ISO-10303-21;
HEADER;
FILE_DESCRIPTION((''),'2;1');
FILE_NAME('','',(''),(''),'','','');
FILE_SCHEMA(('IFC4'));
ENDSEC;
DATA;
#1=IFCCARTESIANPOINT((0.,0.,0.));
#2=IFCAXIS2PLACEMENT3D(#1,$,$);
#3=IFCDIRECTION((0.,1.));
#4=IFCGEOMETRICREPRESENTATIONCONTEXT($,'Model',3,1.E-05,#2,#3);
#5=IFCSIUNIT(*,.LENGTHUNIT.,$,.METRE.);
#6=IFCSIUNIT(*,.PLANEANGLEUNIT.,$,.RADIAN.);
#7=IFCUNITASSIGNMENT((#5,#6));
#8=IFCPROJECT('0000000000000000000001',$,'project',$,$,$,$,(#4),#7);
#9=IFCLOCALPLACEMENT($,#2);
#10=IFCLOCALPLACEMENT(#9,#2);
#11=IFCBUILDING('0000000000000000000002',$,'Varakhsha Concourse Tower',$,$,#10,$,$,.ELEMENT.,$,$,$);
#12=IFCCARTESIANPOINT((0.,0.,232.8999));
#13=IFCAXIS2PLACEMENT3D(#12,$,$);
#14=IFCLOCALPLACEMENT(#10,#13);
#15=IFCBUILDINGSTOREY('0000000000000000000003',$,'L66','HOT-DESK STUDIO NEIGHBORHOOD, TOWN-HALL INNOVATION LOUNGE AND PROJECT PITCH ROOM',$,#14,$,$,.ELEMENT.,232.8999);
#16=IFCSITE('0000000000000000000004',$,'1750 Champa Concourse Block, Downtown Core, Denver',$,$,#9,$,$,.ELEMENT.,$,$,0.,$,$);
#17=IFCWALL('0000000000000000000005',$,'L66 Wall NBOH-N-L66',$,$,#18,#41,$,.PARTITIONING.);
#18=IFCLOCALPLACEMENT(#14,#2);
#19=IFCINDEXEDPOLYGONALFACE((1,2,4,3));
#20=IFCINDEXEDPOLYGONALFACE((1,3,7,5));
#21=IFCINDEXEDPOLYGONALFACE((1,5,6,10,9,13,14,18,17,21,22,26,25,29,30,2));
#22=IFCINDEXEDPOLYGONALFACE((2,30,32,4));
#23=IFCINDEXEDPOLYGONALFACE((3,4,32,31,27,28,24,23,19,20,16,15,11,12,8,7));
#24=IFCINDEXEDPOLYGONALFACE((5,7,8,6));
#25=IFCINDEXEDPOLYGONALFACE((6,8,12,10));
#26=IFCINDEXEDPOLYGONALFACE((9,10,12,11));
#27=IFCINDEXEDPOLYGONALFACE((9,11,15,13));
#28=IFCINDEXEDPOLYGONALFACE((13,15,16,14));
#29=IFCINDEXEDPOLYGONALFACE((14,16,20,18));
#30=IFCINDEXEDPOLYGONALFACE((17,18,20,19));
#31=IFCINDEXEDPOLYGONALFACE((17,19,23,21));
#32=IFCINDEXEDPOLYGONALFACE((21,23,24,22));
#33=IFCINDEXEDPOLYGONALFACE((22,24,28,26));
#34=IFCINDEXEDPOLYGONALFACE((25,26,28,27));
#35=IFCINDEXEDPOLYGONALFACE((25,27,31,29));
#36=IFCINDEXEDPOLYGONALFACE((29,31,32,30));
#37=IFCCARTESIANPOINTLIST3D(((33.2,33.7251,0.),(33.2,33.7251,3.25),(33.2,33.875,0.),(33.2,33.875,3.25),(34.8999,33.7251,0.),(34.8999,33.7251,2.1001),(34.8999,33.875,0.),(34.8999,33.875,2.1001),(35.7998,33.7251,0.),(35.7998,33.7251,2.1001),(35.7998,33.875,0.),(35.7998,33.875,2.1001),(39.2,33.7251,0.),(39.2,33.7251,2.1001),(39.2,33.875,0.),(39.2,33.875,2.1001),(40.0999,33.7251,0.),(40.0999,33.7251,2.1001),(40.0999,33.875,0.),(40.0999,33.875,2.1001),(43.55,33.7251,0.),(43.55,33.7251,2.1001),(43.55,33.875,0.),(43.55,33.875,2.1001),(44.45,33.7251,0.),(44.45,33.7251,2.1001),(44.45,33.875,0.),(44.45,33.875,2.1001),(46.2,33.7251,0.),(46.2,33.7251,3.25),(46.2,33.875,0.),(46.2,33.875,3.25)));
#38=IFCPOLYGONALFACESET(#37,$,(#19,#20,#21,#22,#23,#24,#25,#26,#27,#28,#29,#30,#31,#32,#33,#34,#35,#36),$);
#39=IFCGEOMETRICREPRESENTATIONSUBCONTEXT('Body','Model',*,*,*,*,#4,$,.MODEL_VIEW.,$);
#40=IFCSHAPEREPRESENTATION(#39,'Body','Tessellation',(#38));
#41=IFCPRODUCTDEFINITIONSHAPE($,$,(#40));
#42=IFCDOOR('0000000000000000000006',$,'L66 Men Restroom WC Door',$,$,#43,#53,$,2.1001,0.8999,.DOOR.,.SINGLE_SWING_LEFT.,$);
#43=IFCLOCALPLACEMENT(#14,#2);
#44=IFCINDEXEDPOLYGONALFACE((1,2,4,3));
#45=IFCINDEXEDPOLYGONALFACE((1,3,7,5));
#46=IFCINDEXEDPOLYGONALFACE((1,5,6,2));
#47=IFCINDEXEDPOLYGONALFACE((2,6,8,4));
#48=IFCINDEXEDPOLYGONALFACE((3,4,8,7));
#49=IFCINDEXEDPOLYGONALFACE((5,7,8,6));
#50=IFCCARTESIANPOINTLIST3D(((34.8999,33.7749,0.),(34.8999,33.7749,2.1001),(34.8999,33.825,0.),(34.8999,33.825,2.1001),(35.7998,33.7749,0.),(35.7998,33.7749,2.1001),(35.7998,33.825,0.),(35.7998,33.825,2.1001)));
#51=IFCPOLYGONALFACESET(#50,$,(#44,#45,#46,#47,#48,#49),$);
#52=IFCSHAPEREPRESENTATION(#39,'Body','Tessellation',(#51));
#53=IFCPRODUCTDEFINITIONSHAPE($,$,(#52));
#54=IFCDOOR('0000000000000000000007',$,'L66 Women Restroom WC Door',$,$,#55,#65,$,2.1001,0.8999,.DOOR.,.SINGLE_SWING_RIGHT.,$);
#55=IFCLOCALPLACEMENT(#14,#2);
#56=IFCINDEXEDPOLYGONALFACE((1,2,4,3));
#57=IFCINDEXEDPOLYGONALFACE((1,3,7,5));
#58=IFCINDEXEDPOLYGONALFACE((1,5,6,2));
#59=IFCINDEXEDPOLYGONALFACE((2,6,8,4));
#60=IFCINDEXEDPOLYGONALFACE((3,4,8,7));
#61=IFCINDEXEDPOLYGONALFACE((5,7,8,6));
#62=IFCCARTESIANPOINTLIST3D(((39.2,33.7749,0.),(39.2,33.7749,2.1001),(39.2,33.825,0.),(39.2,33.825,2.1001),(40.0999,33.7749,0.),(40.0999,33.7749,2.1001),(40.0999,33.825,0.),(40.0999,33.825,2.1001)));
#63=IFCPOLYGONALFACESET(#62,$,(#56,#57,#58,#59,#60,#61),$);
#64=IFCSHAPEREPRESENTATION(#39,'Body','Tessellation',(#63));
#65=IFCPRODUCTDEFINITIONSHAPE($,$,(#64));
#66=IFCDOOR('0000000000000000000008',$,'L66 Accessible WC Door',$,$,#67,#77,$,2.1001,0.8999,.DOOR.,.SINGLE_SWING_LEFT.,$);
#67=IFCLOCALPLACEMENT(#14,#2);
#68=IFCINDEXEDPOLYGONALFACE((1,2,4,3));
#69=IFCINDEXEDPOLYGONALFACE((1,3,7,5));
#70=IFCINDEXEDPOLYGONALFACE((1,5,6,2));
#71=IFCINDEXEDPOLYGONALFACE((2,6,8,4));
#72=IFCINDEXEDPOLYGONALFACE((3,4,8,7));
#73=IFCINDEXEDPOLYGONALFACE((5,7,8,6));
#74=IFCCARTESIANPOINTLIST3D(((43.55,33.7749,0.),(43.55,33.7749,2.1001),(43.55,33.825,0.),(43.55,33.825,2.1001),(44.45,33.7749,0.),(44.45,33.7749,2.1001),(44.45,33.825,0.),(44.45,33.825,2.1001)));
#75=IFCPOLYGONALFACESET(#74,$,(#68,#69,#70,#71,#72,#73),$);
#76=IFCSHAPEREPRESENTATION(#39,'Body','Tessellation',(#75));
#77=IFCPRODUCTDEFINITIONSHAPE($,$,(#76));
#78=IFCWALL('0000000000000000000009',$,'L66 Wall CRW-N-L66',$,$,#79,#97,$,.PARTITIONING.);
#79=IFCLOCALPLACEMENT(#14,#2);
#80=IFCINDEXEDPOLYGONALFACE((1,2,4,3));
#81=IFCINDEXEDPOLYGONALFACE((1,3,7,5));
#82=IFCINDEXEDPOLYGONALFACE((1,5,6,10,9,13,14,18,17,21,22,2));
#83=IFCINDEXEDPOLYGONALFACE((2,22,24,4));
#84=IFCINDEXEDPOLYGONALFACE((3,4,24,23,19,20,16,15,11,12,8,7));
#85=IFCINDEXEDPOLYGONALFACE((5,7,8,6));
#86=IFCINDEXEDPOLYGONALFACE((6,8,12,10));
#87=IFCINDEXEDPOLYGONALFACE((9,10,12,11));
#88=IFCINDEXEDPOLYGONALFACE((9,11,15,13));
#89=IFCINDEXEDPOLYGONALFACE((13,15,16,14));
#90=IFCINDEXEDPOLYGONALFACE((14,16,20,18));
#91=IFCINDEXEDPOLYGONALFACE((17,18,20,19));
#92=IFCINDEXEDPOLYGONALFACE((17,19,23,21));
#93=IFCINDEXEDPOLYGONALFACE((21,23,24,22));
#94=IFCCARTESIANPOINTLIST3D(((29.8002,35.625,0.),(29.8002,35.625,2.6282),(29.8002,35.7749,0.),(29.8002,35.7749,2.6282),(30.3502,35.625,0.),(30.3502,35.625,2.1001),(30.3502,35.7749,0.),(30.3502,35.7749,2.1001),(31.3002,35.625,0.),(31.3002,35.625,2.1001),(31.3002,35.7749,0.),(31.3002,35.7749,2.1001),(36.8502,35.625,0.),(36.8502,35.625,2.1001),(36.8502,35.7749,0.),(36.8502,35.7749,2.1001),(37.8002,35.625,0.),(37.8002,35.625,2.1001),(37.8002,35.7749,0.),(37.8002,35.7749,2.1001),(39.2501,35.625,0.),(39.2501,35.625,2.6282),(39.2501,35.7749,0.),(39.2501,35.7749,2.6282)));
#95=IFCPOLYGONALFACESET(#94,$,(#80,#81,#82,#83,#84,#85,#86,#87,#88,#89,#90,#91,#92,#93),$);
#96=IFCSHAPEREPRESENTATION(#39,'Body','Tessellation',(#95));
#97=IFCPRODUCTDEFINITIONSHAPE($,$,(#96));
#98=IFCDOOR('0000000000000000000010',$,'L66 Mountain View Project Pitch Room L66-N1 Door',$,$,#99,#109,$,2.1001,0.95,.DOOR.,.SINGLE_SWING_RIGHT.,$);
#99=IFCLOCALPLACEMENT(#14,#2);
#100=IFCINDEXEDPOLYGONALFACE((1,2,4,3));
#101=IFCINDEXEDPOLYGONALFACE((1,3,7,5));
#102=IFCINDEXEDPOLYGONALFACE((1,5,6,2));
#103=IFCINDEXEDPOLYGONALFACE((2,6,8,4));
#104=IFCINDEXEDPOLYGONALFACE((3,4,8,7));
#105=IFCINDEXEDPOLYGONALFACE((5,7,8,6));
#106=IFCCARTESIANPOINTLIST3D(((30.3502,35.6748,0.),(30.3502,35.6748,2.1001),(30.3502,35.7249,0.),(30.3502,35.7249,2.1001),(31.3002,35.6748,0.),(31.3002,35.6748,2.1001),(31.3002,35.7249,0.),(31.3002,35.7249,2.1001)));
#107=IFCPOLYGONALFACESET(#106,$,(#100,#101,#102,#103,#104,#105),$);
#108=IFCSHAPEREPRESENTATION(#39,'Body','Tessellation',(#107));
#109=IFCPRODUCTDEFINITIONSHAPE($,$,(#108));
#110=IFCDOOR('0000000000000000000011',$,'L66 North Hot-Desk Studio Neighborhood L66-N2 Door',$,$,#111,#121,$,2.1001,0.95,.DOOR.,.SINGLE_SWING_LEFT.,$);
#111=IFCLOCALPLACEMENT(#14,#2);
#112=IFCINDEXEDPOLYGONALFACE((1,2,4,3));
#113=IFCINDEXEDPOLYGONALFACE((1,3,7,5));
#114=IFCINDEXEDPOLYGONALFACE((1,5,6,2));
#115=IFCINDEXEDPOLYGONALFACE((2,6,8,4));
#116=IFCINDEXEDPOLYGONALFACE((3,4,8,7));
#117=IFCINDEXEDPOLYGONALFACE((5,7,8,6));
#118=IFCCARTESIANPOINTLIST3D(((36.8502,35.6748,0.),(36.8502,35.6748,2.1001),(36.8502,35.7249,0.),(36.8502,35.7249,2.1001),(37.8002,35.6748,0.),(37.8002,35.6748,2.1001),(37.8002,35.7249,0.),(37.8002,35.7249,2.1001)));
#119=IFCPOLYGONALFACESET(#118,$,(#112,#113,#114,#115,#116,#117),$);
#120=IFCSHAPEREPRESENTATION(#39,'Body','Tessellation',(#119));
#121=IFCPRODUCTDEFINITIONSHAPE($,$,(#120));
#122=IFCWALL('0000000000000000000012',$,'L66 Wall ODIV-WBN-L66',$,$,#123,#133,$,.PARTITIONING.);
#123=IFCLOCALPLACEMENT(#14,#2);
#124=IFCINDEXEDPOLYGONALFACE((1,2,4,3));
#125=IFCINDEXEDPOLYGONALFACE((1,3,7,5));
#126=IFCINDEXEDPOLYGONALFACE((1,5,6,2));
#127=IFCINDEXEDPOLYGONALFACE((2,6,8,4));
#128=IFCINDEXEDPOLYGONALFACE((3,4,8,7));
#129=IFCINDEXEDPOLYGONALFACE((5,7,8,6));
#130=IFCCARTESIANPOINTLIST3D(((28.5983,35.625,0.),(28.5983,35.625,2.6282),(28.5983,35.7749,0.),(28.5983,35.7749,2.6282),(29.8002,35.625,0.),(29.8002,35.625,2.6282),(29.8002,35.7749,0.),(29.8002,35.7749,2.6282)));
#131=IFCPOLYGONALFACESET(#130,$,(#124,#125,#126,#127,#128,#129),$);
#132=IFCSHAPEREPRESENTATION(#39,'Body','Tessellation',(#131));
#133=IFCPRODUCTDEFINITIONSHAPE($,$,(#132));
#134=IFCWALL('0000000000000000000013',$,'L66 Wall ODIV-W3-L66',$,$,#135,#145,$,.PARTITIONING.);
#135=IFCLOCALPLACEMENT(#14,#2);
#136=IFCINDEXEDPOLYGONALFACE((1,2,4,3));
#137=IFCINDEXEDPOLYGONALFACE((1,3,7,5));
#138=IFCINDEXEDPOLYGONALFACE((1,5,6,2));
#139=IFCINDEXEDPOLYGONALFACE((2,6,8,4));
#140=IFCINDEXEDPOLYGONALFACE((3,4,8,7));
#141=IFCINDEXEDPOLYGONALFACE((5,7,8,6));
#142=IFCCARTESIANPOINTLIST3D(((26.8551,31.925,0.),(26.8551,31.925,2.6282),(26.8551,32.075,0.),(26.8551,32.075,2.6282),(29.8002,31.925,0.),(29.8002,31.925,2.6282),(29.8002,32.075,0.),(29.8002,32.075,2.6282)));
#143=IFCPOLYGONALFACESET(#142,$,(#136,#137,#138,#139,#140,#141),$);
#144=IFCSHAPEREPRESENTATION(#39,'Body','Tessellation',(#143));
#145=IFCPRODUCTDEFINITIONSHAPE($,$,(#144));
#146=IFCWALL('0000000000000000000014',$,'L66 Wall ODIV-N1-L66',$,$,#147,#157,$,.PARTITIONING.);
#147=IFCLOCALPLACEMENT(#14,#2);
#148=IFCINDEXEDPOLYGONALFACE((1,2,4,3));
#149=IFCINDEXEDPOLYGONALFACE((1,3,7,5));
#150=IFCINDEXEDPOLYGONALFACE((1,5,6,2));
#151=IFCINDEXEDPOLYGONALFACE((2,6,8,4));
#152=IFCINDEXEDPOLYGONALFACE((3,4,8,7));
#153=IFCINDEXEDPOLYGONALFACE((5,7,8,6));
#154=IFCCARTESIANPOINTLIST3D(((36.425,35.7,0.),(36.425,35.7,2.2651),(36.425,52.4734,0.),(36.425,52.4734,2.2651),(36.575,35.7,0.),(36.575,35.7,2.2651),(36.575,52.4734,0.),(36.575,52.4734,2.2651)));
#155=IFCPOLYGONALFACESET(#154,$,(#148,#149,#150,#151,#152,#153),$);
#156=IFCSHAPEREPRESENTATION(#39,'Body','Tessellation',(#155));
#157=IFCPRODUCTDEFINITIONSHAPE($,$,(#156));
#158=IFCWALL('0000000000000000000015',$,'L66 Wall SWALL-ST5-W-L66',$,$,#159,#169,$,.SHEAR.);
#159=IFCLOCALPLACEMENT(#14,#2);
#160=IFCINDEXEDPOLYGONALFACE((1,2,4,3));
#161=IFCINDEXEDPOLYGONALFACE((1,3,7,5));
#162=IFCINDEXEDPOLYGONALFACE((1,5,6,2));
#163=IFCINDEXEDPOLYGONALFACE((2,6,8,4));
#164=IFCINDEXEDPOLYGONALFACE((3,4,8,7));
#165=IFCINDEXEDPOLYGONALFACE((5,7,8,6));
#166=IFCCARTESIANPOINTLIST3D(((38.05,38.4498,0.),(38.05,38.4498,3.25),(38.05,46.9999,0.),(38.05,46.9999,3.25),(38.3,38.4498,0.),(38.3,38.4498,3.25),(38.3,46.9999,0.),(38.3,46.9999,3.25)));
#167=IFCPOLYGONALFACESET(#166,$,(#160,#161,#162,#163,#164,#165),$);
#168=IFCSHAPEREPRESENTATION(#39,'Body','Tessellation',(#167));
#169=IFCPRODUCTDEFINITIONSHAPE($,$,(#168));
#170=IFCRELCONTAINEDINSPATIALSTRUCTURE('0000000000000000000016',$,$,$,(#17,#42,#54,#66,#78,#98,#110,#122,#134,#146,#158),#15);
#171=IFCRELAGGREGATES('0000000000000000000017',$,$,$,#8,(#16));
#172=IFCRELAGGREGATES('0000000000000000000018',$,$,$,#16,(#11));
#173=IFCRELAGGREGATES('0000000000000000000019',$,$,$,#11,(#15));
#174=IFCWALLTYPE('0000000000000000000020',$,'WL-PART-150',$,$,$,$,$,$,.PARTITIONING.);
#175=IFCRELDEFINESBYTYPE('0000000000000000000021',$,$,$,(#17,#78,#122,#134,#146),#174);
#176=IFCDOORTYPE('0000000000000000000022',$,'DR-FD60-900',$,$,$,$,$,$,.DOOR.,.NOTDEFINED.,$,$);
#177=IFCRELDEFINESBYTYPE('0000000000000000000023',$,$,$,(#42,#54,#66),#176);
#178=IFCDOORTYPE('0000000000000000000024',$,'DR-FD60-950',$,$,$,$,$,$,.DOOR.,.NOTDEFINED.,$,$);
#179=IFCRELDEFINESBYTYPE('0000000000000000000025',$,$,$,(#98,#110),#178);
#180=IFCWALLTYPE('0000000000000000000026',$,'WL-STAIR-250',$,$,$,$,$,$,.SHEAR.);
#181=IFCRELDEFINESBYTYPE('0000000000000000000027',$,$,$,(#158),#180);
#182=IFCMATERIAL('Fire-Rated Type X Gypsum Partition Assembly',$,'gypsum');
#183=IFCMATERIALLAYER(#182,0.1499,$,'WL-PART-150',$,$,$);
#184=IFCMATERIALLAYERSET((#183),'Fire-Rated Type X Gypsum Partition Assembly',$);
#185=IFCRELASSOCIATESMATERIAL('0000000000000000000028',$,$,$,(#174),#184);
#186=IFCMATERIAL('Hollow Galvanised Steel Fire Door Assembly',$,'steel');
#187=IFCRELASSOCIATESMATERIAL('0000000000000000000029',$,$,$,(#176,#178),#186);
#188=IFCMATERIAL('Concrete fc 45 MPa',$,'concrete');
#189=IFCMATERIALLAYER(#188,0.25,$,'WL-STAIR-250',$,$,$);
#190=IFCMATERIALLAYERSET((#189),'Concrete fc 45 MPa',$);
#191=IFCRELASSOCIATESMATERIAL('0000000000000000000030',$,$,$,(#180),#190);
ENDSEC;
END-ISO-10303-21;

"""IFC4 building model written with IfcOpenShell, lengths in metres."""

from ifc_helpers import new_model, si_unit, direction, frame, frame_2d, origin, place, context, subcontext, project, spatial, rectangle, extrude, material, layer, layer_set, type_object, element, fill, save


model = new_model("IFC4")

# Units and contexts
model_context = context("Model", 3, precision=1e-05, world=origin(), true_north=direction((0.0, 1.0)))
body_context = subcontext(model_context, "Body", "Model", "MODEL_VIEW")
ifc_project = project(units=[si_unit("LENGTHUNIT", "METRE"), si_unit("PLANEANGLEUNIT", "RADIAN")], contexts=[model_context])

# Site, building, storey
site_placement = place(None, origin())
site = spatial("IfcSite", under=ifc_project, at=site_placement, Name="1750 Champa Concourse Block, Downtown Core, Denver", CompositionType="ELEMENT", RefElevation=0.0)
building_placement = place(site_placement, origin())
building = spatial("IfcBuilding", under=site, at=building_placement, Name="Varakhsha Concourse Tower", CompositionType="ELEMENT")
storey_placement = place(building_placement, frame((0.0, 0.0, 232.8999)))
storey = spatial("IfcBuildingStorey", under=building, at=storey_placement, Name="L66", Description="HOT-DESK STUDIO NEIGHBORHOOD, TOWN-HALL INNOVATION LOUNGE AND PROJECT PITCH ROOM", CompositionType="ELEMENT", Elevation=232.8999)

# Walls, openings, doors
ifc_material_1 = material(Name="Fire-Rated Type X Gypsum Partition Assembly", Category="gypsum")
ifc_layer_1 = layer(ifc_material_1, 0.1499, Name="WL-PART-150")
ifc_layer_set_1 = layer_set([ifc_layer_1], Name="Fire-Rated Type X Gypsum Partition Assembly")
wall_type_1 = type_object("IfcWallType", Name="WL-PART-150", PredefinedType="PARTITIONING", material=ifc_layer_set_1)
wall_1_placement = place(storey_placement, frame((33.2, 33.8, 0.0), z_axis=(0.0, 0.0, 1.0), x_axis=(1.0, 0.0, 0.0)))
wall_1 = element("IfcWall", 1, at=wall_1_placement, inside=storey, type_object=wall_type_1, Name="L66 Wall NBOH-N-L66", PredefinedType="PARTITIONING", context=body_context, shape_type="SweptSolid", body=[
    extrude(rectangle(XDim=13.0, YDim=0.1499, at=frame_2d((6.5, 0.0))), origin(), (0.0, 0.0, 1.0), 3.25),
])
opening_1_placement = place(wall_1_placement, frame((1.7, 0.0, 0.0)))
opening_1 = element("IfcOpeningElement", 2, at=opening_1_placement, cuts=wall_1, PredefinedType="OPENING", context=body_context, shape_type="SweptSolid", body=[
    extrude(rectangle(XDim=0.8999, YDim=2.1001, at=frame_2d((0.45, 1.05))), frame((0.0, 0.085, 0.0), z_axis=(0.0, -1.0, 0.0), x_axis=(1.0, 0.0, 0.0)), (0.0, 0.0, 1.0), 0.1699),
])
opening_2_placement = place(wall_1_placement, frame((6.0, 0.0, 0.0)))
opening_2 = element("IfcOpeningElement", 3, at=opening_2_placement, cuts=wall_1, PredefinedType="OPENING", context=body_context, shape_type="SweptSolid", body=[
    extrude(rectangle(XDim=0.8999, YDim=2.1001, at=frame_2d((0.45, 1.05))), frame((0.0, 0.085, 0.0), z_axis=(0.0, -1.0, 0.0), x_axis=(1.0, 0.0, 0.0)), (0.0, 0.0, 1.0), 0.1699),
])
opening_3_placement = place(wall_1_placement, frame((10.3501, 0.0, 0.0)))
opening_3 = element("IfcOpeningElement", 4, at=opening_3_placement, cuts=wall_1, PredefinedType="OPENING", context=body_context, shape_type="SweptSolid", body=[
    extrude(rectangle(XDim=0.8999, YDim=2.1001, at=frame_2d((0.45, 1.05))), frame((0.0, 0.085, 0.0), z_axis=(0.0, -1.0, 0.0), x_axis=(1.0, 0.0, 0.0)), (0.0, 0.0, 1.0), 0.1699),
])
ifc_material_2 = material(Name="Hollow Galvanised Steel Fire Door Assembly", Category="steel")
door_type_1 = type_object("IfcDoorType", Name="DR-FD60-900", OperationType="NOTDEFINED", PredefinedType="DOOR", material=ifc_material_2)
door_1_placement = place(opening_1_placement, origin())
door_1 = element("IfcDoor", 5, at=door_1_placement, inside=storey, type_object=door_type_1, Name="L66 Men Restroom WC Door", OperationType="SINGLE_SWING_LEFT", OverallHeight=2.1001, OverallWidth=0.8999, PredefinedType="DOOR", context=body_context, shape_type="SweptSolid", body=[
    extrude(rectangle(XDim=0.8999, YDim=2.1001, at=frame_2d((0.45, 1.05))), frame((0.0, 0.0249, 0.0), z_axis=(0.0, -1.0, 0.0), x_axis=(1.0, 0.0, 0.0)), (0.0, 0.0, 1.0), 0.05),
])
fill(opening_1, door_1)
door_2_placement = place(opening_2_placement, origin())
door_2 = element("IfcDoor", 6, at=door_2_placement, inside=storey, type_object=door_type_1, Name="L66 Women Restroom WC Door", OperationType="SINGLE_SWING_RIGHT", OverallHeight=2.1001, OverallWidth=0.8999, PredefinedType="DOOR", context=body_context, shape_type="SweptSolid", body=[
    extrude(rectangle(XDim=0.8999, YDim=2.1001, at=frame_2d((0.45, 1.05))), frame((0.0, 0.0249, 0.0), z_axis=(0.0, -1.0, 0.0), x_axis=(1.0, 0.0, 0.0)), (0.0, 0.0, 1.0), 0.05),
])
fill(opening_2, door_2)
door_3_placement = place(opening_3_placement, origin())
door_3 = element("IfcDoor", 7, at=door_3_placement, inside=storey, type_object=door_type_1, Name="L66 Accessible WC Door", OperationType="SINGLE_SWING_LEFT", OverallHeight=2.1001, OverallWidth=0.8999, PredefinedType="DOOR", context=body_context, shape_type="SweptSolid", body=[
    extrude(rectangle(XDim=0.8999, YDim=2.1001, at=frame_2d((0.45, 1.05))), frame((0.0, 0.0249, 0.0), z_axis=(0.0, -1.0, 0.0), x_axis=(1.0, 0.0, 0.0)), (0.0, 0.0, 1.0), 0.05),
])
fill(opening_3, door_3)
wall_2_placement = place(storey_placement, frame((29.8, 35.7, 0.0), z_axis=(0.0, 0.0, 1.0), x_axis=(1.0, 0.0, 0.0)))
wall_2 = element("IfcWall", 8, at=wall_2_placement, inside=storey, type_object=wall_type_1, Name="L66 Wall CRW-N-L66", PredefinedType="PARTITIONING", context=body_context, shape_type="SweptSolid", body=[
    extrude(rectangle(XDim=9.45, YDim=0.1499, at=frame_2d((4.7251, 0.0))), origin(), (0.0, 0.0, 1.0), 2.6282),
])
opening_4_placement = place(wall_2_placement, frame((0.55, 0.0, 0.0)))
opening_4 = element("IfcOpeningElement", 9, at=opening_4_placement, cuts=wall_2, PredefinedType="OPENING", context=body_context, shape_type="SweptSolid", body=[
    extrude(rectangle(XDim=0.95, YDim=2.1001, at=frame_2d((0.4751, 1.05))), frame((0.0, 0.085, 0.0), z_axis=(0.0, -1.0, 0.0), x_axis=(1.0, 0.0, 0.0)), (0.0, 0.0, 1.0), 0.1699),
])
opening_5_placement = place(wall_2_placement, frame((7.05, 0.0, 0.0)))
opening_5 = element("IfcOpeningElement", 10, at=opening_5_placement, cuts=wall_2, PredefinedType="OPENING", context=body_context, shape_type="SweptSolid", body=[
    extrude(rectangle(XDim=0.95, YDim=2.1001, at=frame_2d((0.4751, 1.05))), frame((0.0, 0.085, 0.0), z_axis=(0.0, -1.0, 0.0), x_axis=(1.0, 0.0, 0.0)), (0.0, 0.0, 1.0), 0.1699),
])
door_type_2 = type_object("IfcDoorType", Name="DR-FD60-950", OperationType="NOTDEFINED", PredefinedType="DOOR", material=ifc_material_2)
door_4_placement = place(opening_4_placement, origin())
door_4 = element("IfcDoor", 11, at=door_4_placement, inside=storey, type_object=door_type_2, Name="L66 Mountain View Project Pitch Room L66-N1 Door", OperationType="SINGLE_SWING_RIGHT", OverallHeight=2.1001, OverallWidth=0.95, PredefinedType="DOOR", context=body_context, shape_type="SweptSolid", body=[
    extrude(rectangle(XDim=0.95, YDim=2.1001, at=frame_2d((0.4751, 1.05))), frame((0.0, 0.0249, 0.0), z_axis=(0.0, -1.0, 0.0), x_axis=(1.0, 0.0, 0.0)), (0.0, 0.0, 1.0), 0.05),
])
fill(opening_4, door_4)
door_5_placement = place(opening_5_placement, origin())
door_5 = element("IfcDoor", 12, at=door_5_placement, inside=storey, type_object=door_type_2, Name="L66 North Hot-Desk Studio Neighborhood L66-N2 Door", OperationType="SINGLE_SWING_LEFT", OverallHeight=2.1001, OverallWidth=0.95, PredefinedType="DOOR", context=body_context, shape_type="SweptSolid", body=[
    extrude(rectangle(XDim=0.95, YDim=2.1001, at=frame_2d((0.4751, 1.05))), frame((0.0, 0.0249, 0.0), z_axis=(0.0, -1.0, 0.0), x_axis=(1.0, 0.0, 0.0)), (0.0, 0.0, 1.0), 0.05),
])
fill(opening_5, door_5)

# Walls
wall_3_placement = place(storey_placement, frame((28.5981, 35.7, 0.0), z_axis=(0.0, 0.0, 1.0), x_axis=(1.0, 0.0, 0.0)))
element("IfcWall", 13, at=wall_3_placement, inside=storey, type_object=wall_type_1, Name="L66 Wall ODIV-WBN-L66", PredefinedType="PARTITIONING", context=body_context, shape_type="SweptSolid", body=[
    extrude(rectangle(XDim=1.2019, YDim=0.1499, at=frame_2d((0.6011, 0.0))), origin(), (0.0, 0.0, 1.0), 2.6282),
])
wall_4_placement = place(storey_placement, frame((26.855, 32.0, 0.0), z_axis=(0.0, 0.0, 1.0), x_axis=(1.0, 0.0, 0.0)))
element("IfcWall", 14, at=wall_4_placement, inside=storey, type_object=wall_type_1, Name="L66 Wall ODIV-W3-L66", PredefinedType="PARTITIONING", context=body_context, shape_type="SweptSolid", body=[
    extrude(rectangle(XDim=2.9451, YDim=0.1499, at=frame_2d((1.4727, 0.0))), origin(), (0.0, 0.0, 1.0), 2.6282),
])
wall_5_placement = place(storey_placement, frame((36.5, 35.7, 0.0), z_axis=(0.0, 0.0, 1.0), x_axis=(0.0, 1.0, 0.0)))
element("IfcWall", 15, at=wall_5_placement, inside=storey, type_object=wall_type_1, Name="L66 Wall ODIV-N1-L66", PredefinedType="PARTITIONING", context=body_context, shape_type="SweptSolid", body=[
    extrude(rectangle(XDim=16.7734, YDim=0.1499, at=frame_2d((8.3867, 0.0))), origin(), (0.0, 0.0, 1.0), 2.2651),
])
ifc_material_3 = material(Name="Concrete fc 45 MPa", Category="concrete")
ifc_layer_2 = layer(ifc_material_3, 0.25, Name="WL-STAIR-250")
ifc_layer_set_2 = layer_set([ifc_layer_2], Name="Concrete fc 45 MPa")
wall_type_2 = type_object("IfcWallType", Name="WL-STAIR-250", PredefinedType="SHEAR", material=ifc_layer_set_2)
wall_6_placement = place(storey_placement, frame((38.175, 38.45, 0.0), z_axis=(0.0, 0.0, 1.0), x_axis=(0.0, 1.0, 0.0)))
element("IfcWall", 16, at=wall_6_placement, inside=storey, type_object=wall_type_2, Name="L66 Wall SWALL-ST5-W-L66", PredefinedType="SHEAR", context=body_context, shape_type="SweptSolid", body=[
    extrude(rectangle(XDim=8.55, YDim=0.25, at=frame_2d((4.2749, 0.0))), origin(), (0.0, 0.0, 1.0), 3.25),
])

save(model, "model.ifc")
